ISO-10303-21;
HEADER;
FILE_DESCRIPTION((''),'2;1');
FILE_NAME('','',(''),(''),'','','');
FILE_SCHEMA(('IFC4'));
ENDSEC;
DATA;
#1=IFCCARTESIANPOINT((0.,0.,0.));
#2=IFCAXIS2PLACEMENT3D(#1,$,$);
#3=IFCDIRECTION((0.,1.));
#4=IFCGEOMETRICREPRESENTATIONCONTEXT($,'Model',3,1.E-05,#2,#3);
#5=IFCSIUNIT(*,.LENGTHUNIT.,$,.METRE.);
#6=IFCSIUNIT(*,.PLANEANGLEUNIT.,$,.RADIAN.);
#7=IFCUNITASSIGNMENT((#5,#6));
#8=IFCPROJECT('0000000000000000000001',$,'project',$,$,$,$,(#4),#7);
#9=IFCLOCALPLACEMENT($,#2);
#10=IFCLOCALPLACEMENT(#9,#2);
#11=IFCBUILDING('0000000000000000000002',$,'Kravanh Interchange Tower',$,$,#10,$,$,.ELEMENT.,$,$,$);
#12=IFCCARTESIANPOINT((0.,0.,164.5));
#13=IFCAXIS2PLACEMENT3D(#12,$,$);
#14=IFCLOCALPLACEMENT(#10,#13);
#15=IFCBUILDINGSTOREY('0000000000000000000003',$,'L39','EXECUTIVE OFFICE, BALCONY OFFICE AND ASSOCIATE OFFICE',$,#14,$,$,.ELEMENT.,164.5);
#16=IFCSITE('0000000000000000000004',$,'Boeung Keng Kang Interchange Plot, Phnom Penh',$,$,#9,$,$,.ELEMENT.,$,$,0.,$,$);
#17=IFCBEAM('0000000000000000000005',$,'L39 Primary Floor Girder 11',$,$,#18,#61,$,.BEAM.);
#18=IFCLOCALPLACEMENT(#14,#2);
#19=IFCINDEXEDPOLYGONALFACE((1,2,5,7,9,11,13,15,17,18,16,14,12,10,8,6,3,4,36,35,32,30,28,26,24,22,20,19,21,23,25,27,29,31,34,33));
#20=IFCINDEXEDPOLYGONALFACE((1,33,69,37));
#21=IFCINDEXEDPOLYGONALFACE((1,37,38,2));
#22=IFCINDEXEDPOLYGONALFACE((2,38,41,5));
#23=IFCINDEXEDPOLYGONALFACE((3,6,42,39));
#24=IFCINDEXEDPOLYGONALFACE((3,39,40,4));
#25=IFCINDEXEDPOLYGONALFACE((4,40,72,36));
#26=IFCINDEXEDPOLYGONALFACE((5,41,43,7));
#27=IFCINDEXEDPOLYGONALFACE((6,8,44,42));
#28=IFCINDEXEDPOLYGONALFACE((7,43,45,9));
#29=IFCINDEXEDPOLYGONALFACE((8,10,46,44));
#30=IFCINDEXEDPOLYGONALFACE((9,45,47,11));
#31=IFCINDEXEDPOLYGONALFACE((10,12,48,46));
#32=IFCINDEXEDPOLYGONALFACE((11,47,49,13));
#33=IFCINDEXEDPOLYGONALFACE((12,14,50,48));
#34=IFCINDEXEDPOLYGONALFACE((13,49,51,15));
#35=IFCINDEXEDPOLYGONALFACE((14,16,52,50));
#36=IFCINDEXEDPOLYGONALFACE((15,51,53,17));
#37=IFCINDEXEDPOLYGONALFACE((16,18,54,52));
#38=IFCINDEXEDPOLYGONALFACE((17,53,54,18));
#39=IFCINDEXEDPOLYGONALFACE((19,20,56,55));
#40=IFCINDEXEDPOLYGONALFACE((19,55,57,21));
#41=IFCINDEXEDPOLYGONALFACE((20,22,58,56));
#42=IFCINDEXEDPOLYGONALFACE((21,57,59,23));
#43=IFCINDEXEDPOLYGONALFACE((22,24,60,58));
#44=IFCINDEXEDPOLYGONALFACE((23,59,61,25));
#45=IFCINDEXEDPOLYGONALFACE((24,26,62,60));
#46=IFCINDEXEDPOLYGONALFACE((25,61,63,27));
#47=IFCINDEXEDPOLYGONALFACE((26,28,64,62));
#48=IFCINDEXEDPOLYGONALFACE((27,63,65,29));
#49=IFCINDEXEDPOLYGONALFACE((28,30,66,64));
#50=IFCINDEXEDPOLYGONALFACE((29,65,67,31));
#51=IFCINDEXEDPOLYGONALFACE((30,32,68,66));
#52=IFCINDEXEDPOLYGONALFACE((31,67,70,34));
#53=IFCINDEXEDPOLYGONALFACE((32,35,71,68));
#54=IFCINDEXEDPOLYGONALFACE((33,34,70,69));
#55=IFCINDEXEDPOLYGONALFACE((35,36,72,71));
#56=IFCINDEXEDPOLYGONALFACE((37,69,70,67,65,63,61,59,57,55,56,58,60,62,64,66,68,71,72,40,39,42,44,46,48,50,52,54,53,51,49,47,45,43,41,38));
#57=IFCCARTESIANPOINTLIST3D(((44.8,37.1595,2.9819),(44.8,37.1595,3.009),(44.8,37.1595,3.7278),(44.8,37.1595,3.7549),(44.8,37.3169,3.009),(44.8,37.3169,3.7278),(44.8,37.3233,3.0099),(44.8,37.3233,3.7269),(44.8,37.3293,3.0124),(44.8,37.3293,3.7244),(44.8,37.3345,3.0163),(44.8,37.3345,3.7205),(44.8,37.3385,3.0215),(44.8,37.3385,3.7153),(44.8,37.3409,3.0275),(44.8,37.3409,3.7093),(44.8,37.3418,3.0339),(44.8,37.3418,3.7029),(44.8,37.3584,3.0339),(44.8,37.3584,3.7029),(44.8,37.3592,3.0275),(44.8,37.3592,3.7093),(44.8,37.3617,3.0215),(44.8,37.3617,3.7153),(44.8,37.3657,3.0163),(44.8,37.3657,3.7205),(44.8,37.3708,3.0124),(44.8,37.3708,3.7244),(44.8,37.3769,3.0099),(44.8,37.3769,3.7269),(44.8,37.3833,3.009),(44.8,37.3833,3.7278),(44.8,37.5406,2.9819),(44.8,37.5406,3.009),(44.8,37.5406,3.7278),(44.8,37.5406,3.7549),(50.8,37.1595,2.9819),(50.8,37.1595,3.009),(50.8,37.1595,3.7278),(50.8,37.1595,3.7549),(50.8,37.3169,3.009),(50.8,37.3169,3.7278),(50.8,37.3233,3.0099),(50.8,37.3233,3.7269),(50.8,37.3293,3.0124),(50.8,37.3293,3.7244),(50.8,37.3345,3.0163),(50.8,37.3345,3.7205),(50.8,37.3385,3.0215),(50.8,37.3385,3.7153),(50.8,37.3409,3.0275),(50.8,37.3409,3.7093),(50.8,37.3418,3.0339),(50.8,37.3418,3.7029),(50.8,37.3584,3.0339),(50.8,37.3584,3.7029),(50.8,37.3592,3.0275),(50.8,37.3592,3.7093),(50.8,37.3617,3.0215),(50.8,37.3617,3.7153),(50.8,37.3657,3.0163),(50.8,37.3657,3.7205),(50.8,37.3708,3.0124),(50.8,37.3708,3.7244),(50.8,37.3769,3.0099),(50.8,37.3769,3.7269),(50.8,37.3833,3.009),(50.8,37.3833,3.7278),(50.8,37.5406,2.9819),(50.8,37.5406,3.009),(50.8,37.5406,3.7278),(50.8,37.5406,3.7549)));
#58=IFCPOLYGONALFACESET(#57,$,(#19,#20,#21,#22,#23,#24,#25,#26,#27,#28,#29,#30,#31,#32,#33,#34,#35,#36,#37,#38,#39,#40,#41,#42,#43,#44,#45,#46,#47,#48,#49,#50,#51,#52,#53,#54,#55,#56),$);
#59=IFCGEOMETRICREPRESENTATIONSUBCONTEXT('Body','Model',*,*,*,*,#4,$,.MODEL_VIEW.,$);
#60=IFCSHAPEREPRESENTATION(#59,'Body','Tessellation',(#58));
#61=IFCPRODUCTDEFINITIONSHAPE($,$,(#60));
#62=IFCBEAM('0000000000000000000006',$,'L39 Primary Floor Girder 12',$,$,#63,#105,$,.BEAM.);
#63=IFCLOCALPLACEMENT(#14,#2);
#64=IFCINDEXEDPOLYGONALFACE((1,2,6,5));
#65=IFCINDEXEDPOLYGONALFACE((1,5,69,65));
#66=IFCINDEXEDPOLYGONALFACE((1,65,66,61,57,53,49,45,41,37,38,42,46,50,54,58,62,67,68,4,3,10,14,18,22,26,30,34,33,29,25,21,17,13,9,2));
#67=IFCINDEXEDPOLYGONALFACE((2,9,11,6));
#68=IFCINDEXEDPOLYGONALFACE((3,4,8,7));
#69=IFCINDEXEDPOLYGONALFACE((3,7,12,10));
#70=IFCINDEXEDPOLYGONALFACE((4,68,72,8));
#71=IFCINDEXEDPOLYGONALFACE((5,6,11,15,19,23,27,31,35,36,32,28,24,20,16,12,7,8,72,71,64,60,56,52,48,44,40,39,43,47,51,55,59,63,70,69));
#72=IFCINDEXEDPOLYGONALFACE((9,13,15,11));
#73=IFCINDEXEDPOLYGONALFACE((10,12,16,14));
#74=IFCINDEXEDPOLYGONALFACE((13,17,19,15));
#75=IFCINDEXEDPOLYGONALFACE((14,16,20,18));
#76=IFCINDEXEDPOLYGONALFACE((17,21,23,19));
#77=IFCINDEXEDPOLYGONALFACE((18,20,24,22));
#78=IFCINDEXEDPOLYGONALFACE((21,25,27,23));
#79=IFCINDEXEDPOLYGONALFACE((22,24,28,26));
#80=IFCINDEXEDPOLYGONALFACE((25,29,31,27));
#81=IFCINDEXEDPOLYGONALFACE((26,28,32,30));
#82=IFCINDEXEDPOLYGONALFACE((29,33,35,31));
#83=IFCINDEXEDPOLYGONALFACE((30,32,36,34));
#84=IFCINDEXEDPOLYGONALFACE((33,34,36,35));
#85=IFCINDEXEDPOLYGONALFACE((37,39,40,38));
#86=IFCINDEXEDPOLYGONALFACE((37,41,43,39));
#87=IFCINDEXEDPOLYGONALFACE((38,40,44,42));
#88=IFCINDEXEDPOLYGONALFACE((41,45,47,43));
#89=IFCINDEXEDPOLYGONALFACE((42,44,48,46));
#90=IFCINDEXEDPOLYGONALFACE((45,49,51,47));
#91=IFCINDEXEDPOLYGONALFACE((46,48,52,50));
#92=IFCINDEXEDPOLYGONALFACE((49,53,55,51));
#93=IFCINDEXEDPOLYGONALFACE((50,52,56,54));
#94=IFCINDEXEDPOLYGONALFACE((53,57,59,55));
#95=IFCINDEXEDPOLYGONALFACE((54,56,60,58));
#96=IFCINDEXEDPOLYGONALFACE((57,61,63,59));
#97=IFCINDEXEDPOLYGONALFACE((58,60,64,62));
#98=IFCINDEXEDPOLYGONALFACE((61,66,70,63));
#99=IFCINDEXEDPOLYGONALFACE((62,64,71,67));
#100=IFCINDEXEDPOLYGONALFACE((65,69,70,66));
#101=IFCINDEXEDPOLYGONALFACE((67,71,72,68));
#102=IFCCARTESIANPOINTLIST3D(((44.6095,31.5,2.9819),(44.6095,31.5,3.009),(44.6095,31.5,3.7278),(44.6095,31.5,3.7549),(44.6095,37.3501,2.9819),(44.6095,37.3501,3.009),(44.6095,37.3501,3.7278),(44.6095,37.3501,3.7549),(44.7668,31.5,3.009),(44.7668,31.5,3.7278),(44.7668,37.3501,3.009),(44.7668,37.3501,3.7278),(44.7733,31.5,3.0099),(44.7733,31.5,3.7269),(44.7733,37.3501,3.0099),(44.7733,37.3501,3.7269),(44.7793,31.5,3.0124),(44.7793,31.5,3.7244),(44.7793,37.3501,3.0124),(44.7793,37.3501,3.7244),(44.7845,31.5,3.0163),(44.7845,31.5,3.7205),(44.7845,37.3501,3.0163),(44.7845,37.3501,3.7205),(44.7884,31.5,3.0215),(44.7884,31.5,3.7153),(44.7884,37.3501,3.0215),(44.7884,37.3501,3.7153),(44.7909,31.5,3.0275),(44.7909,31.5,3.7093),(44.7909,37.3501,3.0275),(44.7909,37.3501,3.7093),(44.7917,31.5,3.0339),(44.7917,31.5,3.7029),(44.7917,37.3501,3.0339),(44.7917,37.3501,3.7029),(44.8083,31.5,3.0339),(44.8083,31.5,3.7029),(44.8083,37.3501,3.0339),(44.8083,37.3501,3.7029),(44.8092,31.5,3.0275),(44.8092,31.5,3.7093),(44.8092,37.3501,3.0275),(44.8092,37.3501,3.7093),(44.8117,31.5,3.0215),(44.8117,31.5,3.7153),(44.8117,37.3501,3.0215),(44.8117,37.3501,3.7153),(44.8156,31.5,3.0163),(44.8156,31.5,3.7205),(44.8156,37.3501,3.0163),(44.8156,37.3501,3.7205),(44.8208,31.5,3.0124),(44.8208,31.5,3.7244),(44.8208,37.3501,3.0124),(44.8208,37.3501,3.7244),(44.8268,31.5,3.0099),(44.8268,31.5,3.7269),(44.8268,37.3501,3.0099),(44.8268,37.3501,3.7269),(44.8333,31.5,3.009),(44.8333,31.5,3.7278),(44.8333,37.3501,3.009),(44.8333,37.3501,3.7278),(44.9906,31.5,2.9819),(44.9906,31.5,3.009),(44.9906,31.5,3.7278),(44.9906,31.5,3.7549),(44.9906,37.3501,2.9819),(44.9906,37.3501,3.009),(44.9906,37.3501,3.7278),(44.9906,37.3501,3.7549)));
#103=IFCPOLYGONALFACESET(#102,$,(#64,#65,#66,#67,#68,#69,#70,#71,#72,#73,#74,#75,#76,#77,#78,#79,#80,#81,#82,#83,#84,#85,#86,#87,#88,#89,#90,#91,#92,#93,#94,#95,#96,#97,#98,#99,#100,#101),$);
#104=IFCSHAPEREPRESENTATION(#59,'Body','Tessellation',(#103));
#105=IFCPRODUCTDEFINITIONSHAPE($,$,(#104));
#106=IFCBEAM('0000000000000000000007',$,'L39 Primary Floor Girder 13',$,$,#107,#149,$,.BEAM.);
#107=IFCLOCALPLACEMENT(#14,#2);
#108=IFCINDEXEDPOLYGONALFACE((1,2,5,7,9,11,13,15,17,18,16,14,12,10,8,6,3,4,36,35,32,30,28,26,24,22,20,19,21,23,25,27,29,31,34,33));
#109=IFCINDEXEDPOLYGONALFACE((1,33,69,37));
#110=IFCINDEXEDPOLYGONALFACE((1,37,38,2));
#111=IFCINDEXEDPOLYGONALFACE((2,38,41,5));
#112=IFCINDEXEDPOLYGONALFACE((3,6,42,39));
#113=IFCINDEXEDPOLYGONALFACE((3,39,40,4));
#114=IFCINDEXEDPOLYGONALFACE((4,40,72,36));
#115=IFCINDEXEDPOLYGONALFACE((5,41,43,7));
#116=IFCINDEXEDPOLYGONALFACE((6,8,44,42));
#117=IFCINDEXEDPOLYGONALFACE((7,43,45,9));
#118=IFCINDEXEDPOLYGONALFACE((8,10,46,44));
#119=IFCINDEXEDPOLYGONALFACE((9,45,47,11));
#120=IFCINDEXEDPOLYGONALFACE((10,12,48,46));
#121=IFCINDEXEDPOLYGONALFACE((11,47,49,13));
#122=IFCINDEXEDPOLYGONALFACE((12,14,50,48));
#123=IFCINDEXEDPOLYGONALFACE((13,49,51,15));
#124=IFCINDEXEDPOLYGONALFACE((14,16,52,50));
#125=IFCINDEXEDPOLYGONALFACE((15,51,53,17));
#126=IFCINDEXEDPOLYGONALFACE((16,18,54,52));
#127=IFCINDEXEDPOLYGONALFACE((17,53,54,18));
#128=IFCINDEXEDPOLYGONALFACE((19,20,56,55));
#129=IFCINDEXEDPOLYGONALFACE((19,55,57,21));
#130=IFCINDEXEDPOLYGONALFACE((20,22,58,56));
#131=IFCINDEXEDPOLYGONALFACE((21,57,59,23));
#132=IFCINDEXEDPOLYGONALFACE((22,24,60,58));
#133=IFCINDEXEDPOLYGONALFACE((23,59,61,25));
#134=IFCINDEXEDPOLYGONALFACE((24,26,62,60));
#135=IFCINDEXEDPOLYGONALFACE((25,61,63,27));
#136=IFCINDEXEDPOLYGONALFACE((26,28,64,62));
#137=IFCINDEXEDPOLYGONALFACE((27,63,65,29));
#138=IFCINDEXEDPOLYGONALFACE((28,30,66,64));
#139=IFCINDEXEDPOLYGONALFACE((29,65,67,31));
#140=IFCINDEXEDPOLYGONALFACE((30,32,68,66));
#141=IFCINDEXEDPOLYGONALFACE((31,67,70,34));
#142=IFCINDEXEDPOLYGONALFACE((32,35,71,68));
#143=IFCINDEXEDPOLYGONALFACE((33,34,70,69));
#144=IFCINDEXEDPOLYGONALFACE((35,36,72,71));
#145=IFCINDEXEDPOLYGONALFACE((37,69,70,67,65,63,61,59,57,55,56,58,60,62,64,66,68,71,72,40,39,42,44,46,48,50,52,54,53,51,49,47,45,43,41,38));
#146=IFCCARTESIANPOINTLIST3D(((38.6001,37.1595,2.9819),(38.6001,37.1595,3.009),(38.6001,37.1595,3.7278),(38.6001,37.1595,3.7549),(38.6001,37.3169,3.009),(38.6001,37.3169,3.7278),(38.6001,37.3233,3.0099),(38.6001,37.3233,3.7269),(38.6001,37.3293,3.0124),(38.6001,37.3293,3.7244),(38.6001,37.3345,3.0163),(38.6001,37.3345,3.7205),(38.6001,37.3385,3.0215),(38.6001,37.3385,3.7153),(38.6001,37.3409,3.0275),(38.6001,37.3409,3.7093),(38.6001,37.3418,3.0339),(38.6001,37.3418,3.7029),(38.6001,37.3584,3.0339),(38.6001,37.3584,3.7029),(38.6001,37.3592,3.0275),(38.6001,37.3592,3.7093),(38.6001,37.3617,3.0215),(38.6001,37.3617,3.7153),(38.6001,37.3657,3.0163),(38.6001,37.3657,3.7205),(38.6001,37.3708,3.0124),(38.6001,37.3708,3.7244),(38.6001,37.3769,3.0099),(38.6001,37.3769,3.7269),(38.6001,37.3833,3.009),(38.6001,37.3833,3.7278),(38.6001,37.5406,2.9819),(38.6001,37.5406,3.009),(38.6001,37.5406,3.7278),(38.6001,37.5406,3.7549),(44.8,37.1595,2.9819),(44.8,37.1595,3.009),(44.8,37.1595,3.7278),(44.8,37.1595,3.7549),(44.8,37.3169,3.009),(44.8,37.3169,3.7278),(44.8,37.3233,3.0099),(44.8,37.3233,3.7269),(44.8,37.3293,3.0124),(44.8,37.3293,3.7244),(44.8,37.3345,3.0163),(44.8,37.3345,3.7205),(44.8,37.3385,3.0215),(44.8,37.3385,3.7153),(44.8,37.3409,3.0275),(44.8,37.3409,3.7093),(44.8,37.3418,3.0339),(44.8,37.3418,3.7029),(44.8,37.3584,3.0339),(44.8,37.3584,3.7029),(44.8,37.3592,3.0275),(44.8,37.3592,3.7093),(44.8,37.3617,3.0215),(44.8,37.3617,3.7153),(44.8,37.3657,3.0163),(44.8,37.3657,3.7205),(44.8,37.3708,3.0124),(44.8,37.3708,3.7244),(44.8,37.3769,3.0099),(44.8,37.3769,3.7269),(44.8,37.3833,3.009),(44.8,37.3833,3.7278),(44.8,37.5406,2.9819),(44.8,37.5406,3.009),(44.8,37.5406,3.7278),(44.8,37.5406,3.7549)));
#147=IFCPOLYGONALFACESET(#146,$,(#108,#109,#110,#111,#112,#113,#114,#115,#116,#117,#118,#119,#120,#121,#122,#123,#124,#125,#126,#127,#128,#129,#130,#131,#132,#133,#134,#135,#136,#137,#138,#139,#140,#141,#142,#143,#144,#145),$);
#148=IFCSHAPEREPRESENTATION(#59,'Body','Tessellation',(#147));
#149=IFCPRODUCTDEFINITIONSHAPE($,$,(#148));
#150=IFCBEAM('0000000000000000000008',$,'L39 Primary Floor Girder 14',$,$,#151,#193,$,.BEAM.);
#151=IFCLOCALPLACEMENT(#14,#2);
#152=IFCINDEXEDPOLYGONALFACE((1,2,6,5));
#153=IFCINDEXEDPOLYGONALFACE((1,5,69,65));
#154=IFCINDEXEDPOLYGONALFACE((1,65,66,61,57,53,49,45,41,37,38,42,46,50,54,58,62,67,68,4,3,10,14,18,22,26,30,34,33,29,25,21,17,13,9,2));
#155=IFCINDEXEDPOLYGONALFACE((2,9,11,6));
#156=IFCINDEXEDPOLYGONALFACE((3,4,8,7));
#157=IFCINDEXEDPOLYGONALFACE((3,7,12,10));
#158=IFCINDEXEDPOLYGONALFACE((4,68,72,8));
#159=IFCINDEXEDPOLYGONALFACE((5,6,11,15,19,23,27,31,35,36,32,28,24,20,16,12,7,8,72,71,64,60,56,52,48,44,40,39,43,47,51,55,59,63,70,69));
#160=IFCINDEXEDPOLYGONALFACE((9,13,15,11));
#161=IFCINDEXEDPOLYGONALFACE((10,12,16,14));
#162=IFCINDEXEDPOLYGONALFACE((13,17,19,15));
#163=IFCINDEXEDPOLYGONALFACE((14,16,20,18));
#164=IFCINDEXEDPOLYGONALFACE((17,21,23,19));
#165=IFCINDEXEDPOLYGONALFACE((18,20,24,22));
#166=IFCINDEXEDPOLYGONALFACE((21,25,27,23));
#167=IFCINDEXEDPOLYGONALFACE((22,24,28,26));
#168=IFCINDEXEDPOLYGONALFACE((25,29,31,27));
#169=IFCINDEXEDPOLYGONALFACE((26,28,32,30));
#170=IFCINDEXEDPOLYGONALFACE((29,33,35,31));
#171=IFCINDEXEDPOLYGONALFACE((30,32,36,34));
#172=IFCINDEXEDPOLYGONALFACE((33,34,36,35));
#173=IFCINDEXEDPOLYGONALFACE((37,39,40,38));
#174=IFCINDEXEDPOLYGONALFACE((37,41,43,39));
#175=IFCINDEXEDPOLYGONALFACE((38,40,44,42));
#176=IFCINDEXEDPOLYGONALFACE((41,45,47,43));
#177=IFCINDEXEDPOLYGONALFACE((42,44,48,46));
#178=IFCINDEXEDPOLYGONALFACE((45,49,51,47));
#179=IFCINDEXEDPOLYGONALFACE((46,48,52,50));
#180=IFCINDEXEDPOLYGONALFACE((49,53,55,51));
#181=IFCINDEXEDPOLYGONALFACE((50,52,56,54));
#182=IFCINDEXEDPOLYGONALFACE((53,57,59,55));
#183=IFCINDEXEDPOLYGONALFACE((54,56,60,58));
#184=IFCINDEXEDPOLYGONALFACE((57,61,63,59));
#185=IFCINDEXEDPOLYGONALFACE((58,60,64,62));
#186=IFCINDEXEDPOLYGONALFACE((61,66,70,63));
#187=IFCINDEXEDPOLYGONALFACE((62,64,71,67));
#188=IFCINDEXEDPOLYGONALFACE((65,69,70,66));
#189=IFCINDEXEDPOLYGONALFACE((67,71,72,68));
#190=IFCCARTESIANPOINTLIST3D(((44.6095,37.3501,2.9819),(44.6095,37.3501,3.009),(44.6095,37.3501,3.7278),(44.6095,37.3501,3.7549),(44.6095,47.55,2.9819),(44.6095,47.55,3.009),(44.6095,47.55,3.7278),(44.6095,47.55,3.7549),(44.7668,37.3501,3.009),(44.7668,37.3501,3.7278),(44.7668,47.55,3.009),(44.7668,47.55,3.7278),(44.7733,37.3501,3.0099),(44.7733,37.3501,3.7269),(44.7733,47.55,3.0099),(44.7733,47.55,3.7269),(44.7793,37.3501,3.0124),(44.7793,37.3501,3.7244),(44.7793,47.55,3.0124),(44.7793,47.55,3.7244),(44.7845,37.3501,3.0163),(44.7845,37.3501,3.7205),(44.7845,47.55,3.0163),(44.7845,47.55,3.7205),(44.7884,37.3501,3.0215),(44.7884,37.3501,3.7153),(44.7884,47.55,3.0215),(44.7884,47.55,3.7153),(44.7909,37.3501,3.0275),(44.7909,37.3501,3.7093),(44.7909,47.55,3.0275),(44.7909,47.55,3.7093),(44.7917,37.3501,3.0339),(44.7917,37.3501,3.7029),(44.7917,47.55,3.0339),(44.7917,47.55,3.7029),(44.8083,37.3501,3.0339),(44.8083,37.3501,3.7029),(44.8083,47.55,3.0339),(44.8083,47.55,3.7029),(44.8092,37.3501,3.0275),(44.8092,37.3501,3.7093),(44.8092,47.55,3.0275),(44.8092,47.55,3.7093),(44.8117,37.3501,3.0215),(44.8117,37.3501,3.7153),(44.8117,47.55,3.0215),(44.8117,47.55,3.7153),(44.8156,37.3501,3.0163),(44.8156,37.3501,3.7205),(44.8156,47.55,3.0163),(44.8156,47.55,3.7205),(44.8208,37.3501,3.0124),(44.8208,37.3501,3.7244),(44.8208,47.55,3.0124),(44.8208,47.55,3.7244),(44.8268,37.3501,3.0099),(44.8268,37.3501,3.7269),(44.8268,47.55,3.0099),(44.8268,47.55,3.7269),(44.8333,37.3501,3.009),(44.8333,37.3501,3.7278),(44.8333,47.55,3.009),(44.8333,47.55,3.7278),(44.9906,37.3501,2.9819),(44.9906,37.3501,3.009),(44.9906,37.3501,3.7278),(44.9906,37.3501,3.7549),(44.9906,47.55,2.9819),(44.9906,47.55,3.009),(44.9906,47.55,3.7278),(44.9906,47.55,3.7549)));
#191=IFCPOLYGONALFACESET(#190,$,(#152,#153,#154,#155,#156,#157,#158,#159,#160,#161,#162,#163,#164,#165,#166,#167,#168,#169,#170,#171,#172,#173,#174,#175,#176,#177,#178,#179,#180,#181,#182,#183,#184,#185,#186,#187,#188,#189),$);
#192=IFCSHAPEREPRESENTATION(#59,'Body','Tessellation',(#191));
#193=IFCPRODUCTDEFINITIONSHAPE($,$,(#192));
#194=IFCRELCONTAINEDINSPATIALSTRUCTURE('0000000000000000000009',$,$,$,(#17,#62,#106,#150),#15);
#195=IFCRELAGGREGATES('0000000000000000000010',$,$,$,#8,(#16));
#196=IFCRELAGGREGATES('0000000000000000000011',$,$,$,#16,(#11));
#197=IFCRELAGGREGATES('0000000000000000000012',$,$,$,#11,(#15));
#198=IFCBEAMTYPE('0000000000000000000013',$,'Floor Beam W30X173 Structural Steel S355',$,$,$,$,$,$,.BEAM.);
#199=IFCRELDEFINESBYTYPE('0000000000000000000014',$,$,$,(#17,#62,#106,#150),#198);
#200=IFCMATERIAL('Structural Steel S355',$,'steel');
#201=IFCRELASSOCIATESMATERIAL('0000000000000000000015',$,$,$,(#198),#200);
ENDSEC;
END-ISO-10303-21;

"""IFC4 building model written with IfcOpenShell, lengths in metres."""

from ifc_helpers import new_model, si_unit, direction, frame, origin, origin_2d, place, context, subcontext, project, spatial, i_section, extrude, material, material_profile, profile_set, type_object, element, save


model = new_model("IFC4")

# Units and contexts
model_context = context("Model", 3, precision=1e-05, world=origin(), true_north=direction((0.0, 1.0)))
body_context = subcontext(model_context, "Body", "Model", "MODEL_VIEW")
ifc_project = project(units=[si_unit("LENGTHUNIT", "METRE"), si_unit("PLANEANGLEUNIT", "RADIAN")], contexts=[model_context])

# Site, building, storey
site_placement = place(None, origin())
site = spatial("IfcSite", under=ifc_project, at=site_placement, Name="Boeung Keng Kang Interchange Plot, Phnom Penh", CompositionType="ELEMENT", RefElevation=0.0)
building_placement = place(site_placement, origin())
building = spatial("IfcBuilding", under=site, at=building_placement, Name="Kravanh Interchange Tower", CompositionType="ELEMENT")
storey_placement = place(building_placement, frame((0.0, 0.0, 164.5)))
storey = spatial("IfcBuildingStorey", under=building, at=storey_placement, Name="L39", Description="EXECUTIVE OFFICE, BALCONY OFFICE AND ASSOCIATE OFFICE", CompositionType="ELEMENT", Elevation=164.5)

# Beams
ifc_material_1 = material(Name="Structural Steel S355", Category="steel")
ifc_material_profile_1 = material_profile(ifc_material_1, i_section(OverallWidth=0.3811, OverallDepth=0.7729, WebThickness=0.0166, FlangeThickness=0.0271, FilletRadius=0.0249, at=origin_2d()), Name="W30X173")
ifc_profile_set_1 = profile_set([ifc_material_profile_1], Name="Structural Steel S355")
beam_type_1 = type_object("IfcBeamType", Name="Floor Beam W30X173 Structural Steel S355", PredefinedType="BEAM", material=ifc_profile_set_1)
beam_1_placement = place(storey_placement, frame((50.8, 37.3501, 3.3684), z_axis=(-1.0, 0.0, 0.0), x_axis=(0.0, -1.0, 0.0)))
element("IfcBeam", 1, at=beam_1_placement, inside=storey, type_object=beam_type_1, Name="L39 Primary Floor Girder 11", PredefinedType="BEAM", context=body_context, shape_type="SweptSolid", body=[
    extrude(i_section(OverallWidth=0.3811, OverallDepth=0.7729, WebThickness=0.0166, FlangeThickness=0.0271, FilletRadius=0.0249, at=origin_2d()), origin(), (0.0, 0.0, 1.0), 6.0),
])
beam_2_placement = place(storey_placement, frame((44.8, 37.3501, 3.3684), z_axis=(0.0, -1.0, 0.0), x_axis=(1.0, 0.0, 0.0)))
element("IfcBeam", 2, at=beam_2_placement, inside=storey, type_object=beam_type_1, Name="L39 Primary Floor Girder 12", PredefinedType="BEAM", context=body_context, shape_type="SweptSolid", body=[
    extrude(i_section(OverallWidth=0.3811, OverallDepth=0.7729, WebThickness=0.0166, FlangeThickness=0.0271, FilletRadius=0.0249, at=origin_2d()), origin(), (0.0, 0.0, 1.0), 5.8501),
])
beam_3_placement = place(storey_placement, frame((44.8, 37.3501, 3.3684), z_axis=(-1.0, 0.0, 0.0), x_axis=(0.0, -1.0, 0.0)))
element("IfcBeam", 3, at=beam_3_placement, inside=storey, type_object=beam_type_1, Name="L39 Primary Floor Girder 13", PredefinedType="BEAM", context=body_context, shape_type="SweptSolid", body=[
    extrude(i_section(OverallWidth=0.3811, OverallDepth=0.7729, WebThickness=0.0166, FlangeThickness=0.0271, FilletRadius=0.0249, at=origin_2d()), origin(), (0.0, 0.0, 1.0), 6.2),
])
beam_4_placement = place(storey_placement, frame((44.8, 37.3501, 3.3684), z_axis=(0.0, 1.0, 0.0), x_axis=(-1.0, 0.0, 0.0)))
element("IfcBeam", 4, at=beam_4_placement, inside=storey, type_object=beam_type_1, Name="L39 Primary Floor Girder 14", PredefinedType="BEAM", context=body_context, shape_type="SweptSolid", body=[
    extrude(i_section(OverallWidth=0.3811, OverallDepth=0.7729, WebThickness=0.0166, FlangeThickness=0.0271, FilletRadius=0.0249, at=origin_2d()), origin(), (0.0, 0.0, 1.0), 10.2),
])

save(model, "model.ifc")
